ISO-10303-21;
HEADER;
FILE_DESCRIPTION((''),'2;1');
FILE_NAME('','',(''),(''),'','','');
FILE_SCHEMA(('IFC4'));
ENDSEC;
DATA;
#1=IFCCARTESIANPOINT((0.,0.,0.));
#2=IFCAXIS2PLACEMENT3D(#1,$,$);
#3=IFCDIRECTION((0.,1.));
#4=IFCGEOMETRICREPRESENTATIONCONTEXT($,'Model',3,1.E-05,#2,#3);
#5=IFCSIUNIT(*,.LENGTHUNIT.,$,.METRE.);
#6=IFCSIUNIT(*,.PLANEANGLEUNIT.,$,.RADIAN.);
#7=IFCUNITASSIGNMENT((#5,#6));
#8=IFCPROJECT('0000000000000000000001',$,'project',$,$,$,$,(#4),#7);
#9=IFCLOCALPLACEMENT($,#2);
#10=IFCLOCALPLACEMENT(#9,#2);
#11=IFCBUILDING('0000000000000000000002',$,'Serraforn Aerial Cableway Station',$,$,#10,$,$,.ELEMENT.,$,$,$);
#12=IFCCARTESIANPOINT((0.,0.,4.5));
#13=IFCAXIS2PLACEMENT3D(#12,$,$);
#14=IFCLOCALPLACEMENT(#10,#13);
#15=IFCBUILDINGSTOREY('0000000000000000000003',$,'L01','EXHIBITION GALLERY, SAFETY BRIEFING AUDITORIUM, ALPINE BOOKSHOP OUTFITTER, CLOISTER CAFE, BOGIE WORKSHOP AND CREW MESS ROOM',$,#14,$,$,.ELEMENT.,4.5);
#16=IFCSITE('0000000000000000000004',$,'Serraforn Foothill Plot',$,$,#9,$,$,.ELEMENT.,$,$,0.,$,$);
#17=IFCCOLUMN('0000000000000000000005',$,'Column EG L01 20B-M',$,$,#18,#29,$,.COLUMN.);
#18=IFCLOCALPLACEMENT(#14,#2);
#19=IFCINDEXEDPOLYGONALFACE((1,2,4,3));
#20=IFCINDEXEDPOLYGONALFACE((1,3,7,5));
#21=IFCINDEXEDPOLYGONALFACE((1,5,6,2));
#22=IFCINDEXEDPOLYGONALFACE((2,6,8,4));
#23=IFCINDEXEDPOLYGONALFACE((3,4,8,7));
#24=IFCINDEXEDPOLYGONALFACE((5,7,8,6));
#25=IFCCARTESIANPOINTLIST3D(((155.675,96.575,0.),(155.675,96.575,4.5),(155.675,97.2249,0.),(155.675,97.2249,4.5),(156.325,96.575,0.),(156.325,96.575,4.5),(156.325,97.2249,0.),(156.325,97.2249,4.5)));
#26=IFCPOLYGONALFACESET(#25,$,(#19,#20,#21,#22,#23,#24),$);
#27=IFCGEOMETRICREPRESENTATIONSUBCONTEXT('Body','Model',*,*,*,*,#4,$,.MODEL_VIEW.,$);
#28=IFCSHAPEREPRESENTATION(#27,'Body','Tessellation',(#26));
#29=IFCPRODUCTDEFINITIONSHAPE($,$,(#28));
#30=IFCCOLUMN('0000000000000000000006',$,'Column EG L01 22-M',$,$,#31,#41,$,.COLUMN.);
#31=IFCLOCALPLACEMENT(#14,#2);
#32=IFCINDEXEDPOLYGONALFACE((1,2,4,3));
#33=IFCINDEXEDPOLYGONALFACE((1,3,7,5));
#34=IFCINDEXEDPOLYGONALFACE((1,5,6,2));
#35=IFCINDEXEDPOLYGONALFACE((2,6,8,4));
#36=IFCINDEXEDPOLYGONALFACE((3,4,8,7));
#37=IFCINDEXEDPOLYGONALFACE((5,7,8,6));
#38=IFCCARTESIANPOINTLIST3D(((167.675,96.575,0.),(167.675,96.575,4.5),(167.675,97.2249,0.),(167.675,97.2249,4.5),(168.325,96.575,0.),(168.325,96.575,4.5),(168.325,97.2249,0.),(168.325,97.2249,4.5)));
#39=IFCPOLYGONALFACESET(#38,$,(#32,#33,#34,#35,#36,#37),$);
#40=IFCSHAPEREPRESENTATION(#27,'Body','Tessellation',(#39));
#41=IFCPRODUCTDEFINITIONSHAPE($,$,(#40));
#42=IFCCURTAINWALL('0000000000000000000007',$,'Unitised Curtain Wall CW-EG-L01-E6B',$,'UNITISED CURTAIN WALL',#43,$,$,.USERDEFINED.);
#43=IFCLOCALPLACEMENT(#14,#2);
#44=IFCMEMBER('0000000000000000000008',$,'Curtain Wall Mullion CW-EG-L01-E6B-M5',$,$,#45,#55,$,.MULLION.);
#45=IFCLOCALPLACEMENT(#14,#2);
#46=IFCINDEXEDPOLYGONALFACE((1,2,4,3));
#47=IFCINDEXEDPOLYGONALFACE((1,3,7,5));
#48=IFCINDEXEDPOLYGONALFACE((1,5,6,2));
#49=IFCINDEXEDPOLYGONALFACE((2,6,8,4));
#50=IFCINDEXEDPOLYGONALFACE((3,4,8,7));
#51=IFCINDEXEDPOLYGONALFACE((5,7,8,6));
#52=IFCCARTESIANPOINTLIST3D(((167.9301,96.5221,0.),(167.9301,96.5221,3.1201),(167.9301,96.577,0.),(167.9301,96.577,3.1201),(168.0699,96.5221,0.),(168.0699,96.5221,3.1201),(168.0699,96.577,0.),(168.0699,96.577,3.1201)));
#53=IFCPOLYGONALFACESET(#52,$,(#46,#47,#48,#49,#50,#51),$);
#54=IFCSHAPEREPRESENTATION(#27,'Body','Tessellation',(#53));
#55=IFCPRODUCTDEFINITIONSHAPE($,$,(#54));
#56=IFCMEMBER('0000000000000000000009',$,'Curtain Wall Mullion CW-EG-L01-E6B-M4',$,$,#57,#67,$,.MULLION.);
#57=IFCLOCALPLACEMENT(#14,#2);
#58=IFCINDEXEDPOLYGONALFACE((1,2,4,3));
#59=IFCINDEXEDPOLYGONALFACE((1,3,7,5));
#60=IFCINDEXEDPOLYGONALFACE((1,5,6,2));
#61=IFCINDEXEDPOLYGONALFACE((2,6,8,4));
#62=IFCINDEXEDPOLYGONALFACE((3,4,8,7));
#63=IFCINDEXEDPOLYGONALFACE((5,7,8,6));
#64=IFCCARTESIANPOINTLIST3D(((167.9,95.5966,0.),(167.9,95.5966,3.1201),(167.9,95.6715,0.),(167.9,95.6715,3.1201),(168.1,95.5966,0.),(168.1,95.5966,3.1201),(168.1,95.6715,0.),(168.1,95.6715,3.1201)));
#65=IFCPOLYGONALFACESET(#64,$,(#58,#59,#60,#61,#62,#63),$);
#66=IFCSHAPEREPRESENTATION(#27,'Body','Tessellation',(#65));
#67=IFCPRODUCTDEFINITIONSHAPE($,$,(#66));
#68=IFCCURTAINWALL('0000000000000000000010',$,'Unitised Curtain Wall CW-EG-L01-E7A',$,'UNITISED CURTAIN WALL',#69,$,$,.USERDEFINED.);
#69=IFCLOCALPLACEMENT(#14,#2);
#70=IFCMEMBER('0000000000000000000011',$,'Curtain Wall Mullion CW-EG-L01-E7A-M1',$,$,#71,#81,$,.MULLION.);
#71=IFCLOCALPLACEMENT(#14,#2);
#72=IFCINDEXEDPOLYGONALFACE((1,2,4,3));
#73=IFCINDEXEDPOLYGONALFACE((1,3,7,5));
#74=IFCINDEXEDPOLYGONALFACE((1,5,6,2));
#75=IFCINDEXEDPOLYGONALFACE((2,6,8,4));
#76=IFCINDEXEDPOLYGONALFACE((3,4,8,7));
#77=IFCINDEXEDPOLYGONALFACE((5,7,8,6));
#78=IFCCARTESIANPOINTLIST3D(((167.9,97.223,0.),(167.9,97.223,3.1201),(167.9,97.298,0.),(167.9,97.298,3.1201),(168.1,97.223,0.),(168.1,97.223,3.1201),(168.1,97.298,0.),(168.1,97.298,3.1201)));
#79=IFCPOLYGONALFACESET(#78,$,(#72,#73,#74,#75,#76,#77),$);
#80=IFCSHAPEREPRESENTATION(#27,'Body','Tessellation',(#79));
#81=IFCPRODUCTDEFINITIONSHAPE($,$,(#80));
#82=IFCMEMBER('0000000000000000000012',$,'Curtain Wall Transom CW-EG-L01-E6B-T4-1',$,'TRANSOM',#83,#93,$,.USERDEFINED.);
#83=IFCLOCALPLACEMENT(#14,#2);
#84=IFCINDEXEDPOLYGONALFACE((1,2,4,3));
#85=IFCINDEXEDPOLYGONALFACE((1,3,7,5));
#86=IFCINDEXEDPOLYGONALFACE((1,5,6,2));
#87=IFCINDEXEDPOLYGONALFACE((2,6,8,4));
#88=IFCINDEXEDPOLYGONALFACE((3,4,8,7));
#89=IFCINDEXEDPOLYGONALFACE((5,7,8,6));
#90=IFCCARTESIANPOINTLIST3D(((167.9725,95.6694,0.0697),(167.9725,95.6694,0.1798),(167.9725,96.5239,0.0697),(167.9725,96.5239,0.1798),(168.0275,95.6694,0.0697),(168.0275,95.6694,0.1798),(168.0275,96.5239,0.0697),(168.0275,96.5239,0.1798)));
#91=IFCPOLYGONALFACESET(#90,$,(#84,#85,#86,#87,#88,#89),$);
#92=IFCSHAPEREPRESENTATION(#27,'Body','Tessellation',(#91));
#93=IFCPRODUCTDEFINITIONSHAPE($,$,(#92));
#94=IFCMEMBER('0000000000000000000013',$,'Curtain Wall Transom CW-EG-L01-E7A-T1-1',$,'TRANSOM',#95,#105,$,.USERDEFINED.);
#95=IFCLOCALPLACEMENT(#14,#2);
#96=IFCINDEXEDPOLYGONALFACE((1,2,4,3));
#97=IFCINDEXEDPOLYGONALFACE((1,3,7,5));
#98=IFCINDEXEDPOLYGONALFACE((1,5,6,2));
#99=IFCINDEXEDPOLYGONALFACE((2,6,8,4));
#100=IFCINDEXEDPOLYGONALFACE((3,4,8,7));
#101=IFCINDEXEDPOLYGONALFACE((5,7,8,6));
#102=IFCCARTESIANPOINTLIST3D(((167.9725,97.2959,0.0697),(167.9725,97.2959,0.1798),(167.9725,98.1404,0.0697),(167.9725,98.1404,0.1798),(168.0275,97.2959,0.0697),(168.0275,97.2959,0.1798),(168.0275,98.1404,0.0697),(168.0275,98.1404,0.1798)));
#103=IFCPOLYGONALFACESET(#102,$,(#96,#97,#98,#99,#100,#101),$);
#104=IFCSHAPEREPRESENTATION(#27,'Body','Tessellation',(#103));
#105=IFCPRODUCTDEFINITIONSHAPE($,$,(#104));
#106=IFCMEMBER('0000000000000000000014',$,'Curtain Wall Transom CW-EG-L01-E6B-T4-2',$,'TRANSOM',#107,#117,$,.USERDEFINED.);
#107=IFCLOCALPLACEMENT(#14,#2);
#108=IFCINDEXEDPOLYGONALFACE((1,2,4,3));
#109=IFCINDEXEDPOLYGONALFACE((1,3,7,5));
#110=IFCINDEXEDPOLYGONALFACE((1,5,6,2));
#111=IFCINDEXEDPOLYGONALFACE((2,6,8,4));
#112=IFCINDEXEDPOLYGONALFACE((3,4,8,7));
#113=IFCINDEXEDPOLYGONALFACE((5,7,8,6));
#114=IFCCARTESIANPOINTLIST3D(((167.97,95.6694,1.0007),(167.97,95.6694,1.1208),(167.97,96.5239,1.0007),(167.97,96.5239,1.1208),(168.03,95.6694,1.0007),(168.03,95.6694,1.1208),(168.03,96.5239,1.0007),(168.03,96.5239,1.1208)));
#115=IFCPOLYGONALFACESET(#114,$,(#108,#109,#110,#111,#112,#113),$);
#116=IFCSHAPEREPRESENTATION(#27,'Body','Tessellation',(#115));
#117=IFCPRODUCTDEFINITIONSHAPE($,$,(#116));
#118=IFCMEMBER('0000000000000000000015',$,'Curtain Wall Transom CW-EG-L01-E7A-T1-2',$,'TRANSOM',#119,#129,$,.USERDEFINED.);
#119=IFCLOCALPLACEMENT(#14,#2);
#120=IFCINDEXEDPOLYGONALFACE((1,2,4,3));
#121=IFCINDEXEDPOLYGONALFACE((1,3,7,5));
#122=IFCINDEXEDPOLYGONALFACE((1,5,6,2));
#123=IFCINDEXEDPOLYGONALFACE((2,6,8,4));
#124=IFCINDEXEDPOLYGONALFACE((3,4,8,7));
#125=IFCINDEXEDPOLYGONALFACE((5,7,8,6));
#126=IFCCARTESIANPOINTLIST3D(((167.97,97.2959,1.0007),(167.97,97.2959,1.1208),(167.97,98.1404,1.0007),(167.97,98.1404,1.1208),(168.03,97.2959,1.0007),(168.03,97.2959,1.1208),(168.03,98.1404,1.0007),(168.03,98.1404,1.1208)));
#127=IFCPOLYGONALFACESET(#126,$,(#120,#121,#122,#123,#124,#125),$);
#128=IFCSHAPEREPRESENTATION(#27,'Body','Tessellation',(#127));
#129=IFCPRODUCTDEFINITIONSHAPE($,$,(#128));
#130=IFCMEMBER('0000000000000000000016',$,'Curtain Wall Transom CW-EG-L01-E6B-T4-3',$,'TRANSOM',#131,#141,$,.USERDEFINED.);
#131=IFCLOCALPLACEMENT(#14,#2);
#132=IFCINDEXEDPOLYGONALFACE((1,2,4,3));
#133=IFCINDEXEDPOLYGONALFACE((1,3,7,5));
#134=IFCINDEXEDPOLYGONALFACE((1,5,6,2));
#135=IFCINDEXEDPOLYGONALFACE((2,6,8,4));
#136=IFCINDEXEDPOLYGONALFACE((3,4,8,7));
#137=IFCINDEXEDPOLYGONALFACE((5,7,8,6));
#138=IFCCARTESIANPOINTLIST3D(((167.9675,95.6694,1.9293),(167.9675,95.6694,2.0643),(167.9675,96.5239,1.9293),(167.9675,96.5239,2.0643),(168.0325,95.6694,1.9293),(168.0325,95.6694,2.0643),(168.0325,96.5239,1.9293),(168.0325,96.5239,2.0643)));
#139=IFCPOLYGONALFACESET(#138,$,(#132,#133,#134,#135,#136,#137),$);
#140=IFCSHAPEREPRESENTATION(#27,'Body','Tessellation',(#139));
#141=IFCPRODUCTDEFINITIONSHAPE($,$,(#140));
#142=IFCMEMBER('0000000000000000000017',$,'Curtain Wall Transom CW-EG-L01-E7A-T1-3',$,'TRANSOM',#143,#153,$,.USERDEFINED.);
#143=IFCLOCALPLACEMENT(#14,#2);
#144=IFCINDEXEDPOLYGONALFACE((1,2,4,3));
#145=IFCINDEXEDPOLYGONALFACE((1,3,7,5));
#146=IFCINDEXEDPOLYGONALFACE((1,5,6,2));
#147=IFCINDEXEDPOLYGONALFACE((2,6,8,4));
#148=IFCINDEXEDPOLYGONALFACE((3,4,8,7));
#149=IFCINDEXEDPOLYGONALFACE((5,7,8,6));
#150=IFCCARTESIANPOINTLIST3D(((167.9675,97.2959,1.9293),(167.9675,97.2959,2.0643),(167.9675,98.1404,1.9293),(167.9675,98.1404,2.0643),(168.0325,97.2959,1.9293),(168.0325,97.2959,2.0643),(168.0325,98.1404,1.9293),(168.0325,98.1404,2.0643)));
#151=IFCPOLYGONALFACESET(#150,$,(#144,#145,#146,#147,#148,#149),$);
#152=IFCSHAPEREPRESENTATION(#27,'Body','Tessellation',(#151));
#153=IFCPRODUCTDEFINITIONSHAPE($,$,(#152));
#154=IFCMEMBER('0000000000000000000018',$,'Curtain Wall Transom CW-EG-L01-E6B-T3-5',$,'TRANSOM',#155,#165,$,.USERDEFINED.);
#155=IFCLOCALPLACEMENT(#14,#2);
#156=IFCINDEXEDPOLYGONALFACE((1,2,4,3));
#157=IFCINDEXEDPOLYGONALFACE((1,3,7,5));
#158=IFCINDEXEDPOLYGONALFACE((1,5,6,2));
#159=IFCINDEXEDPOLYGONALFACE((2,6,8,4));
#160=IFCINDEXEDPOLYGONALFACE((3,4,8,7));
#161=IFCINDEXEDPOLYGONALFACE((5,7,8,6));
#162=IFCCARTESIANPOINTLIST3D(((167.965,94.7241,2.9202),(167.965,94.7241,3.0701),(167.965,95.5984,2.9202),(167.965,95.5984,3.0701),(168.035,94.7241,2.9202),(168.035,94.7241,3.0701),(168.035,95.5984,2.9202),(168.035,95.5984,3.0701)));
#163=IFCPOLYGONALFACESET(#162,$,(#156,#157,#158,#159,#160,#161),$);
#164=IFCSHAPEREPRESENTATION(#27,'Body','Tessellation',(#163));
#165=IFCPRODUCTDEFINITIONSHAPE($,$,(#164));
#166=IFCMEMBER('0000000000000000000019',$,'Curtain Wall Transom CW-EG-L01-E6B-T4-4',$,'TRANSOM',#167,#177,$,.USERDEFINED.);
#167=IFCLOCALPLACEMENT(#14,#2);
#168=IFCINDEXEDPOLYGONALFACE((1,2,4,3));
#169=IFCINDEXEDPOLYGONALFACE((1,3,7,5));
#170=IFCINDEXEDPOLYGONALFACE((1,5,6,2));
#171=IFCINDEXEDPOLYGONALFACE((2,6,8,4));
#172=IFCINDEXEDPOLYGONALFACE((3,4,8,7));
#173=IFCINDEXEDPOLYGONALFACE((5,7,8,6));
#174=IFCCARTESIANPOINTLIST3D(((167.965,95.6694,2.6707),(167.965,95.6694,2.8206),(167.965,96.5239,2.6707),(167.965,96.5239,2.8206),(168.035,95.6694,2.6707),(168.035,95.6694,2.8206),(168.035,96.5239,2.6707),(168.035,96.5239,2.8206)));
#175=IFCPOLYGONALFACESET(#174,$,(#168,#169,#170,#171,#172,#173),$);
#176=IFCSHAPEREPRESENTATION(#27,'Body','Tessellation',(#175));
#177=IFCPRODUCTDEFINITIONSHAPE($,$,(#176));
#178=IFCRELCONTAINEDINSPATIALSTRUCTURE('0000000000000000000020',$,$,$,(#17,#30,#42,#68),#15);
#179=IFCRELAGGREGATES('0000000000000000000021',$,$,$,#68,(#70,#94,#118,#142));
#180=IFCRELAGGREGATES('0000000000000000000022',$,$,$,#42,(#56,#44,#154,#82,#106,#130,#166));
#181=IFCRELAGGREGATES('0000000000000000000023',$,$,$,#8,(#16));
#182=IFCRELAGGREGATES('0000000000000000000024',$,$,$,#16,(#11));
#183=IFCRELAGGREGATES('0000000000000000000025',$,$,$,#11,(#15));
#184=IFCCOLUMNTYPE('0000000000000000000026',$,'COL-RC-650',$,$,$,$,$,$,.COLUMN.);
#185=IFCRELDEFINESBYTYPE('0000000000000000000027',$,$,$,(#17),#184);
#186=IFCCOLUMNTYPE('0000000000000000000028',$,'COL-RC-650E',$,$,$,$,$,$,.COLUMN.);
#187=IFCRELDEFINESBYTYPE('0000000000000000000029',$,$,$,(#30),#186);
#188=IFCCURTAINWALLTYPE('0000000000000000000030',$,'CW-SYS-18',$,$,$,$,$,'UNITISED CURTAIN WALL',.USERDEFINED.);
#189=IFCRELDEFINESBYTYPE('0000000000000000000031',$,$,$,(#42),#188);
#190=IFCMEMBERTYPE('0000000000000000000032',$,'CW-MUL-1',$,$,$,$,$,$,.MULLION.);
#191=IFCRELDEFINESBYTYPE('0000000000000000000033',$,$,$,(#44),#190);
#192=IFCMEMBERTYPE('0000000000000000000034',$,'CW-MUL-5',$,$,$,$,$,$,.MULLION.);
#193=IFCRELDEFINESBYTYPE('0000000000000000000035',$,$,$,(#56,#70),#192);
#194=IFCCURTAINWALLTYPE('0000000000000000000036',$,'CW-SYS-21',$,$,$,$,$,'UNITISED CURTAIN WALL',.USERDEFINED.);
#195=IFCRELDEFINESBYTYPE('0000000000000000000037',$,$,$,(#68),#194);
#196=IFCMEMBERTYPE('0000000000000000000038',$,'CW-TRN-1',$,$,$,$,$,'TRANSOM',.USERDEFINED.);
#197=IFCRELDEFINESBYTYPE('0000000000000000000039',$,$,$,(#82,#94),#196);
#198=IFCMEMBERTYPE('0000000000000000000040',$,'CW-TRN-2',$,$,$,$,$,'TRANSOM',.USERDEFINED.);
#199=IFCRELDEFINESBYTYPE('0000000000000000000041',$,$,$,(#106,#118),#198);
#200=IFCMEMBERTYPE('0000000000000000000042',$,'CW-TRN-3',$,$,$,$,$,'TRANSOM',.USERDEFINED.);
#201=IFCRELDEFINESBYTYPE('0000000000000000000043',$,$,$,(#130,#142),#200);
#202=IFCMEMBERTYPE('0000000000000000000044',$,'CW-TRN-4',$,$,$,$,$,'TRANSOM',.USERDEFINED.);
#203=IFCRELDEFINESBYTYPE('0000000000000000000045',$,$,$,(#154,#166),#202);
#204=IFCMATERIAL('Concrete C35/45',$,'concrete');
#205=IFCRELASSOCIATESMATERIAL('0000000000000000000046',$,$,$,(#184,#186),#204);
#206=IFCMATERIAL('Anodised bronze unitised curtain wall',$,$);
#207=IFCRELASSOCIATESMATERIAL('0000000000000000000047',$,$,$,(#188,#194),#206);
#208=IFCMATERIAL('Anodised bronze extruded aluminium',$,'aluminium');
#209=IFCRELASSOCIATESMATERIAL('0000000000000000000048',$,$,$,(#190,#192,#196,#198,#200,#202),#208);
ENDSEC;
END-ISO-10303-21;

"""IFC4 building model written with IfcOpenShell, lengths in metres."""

from ifc_helpers import new_model, si_unit, direction, frame, origin, origin_2d, place, context, subcontext, project, spatial, rectangle, extrude, material, material_profile, profile_set, type_object, element, aggregate, save


model = new_model("IFC4")

# Units and contexts
model_context = context("Model", 3, precision=1e-05, world=origin(), true_north=direction((0.0, 1.0)))
body_context = subcontext(model_context, "Body", "Model", "MODEL_VIEW")
ifc_project = project(units=[si_unit("LENGTHUNIT", "METRE"), si_unit("PLANEANGLEUNIT", "RADIAN")], contexts=[model_context])

# Site, building, storey
site_placement = place(None, origin())
site = spatial("IfcSite", under=ifc_project, at=site_placement, Name="Serraforn Foothill Plot", CompositionType="ELEMENT", RefElevation=0.0)
building_placement = place(site_placement, origin())
building = spatial("IfcBuilding", under=site, at=building_placement, Name="Serraforn Aerial Cableway Station", CompositionType="ELEMENT")
storey_placement = place(building_placement, frame((0.0, 0.0, 4.5)))
storey = spatial("IfcBuildingStorey", under=building, at=storey_placement, Name="L01", Description="EXHIBITION GALLERY, SAFETY BRIEFING AUDITORIUM, ALPINE BOOKSHOP OUTFITTER, CLOISTER CAFE, BOGIE WORKSHOP AND CREW MESS ROOM", CompositionType="ELEMENT", Elevation=4.5)

# Shared definitions
ifc_material_1 = material(Name="Concrete C35/45", Category="concrete")

# Columns
ifc_material_profile_1 = material_profile(ifc_material_1, rectangle(XDim=0.6499, YDim=0.6499, at=origin_2d()), Name="RC 650x650")
ifc_profile_set_1 = profile_set([ifc_material_profile_1], Name="Concrete C35/45")
column_type_1 = type_object("IfcColumnType", Name="COL-RC-650", PredefinedType="COLUMN", material=ifc_profile_set_1)
column_1_placement = place(storey_placement, frame((156.0, 96.8999, 0.0), z_axis=(0.0, 0.0, 1.0), x_axis=(1.0, 0.0, 0.0)))
element("IfcColumn", 1, at=column_1_placement, inside=storey, type_object=column_type_1, Name="Column EG L01 20B-M", PredefinedType="COLUMN", context=body_context, shape_type="SweptSolid", body=[
    extrude(rectangle(XDim=0.6499, YDim=0.6499, at=origin_2d()), origin(), (0.0, 0.0, 1.0), 4.5),
])
ifc_material_profile_2 = material_profile(ifc_material_1, rectangle(XDim=0.6499, YDim=0.6499, at=origin_2d()), Name="RC 650x650")
ifc_profile_set_2 = profile_set([ifc_material_profile_2], Name="Concrete C35/45")
column_type_2 = type_object("IfcColumnType", Name="COL-RC-650E", PredefinedType="COLUMN", material=ifc_profile_set_2)
column_2_placement = place(storey_placement, frame((168.0, 96.8999, 0.0), z_axis=(0.0, 0.0, 1.0), x_axis=(1.0, 0.0, 0.0)))
element("IfcColumn", 2, at=column_2_placement, inside=storey, type_object=column_type_2, Name="Column EG L01 22-M", PredefinedType="COLUMN", context=body_context, shape_type="SweptSolid", body=[
    extrude(rectangle(XDim=0.6499, YDim=0.6499, at=origin_2d()), origin(), (0.0, 0.0, 1.0), 4.5),
])

# Curtain wall, members
ifc_material_2 = material(Name="Anodised bronze unitised curtain wall")
curtain_wall_type_1 = type_object("IfcCurtainWallType", Name="CW-SYS-18", ElementType="UNITISED CURTAIN WALL", PredefinedType="USERDEFINED", material=ifc_material_2)
curtain_wall_1_placement = place(storey_placement, origin())
curtain_wall_1 = element("IfcCurtainWall", 3, at=curtain_wall_1_placement, inside=storey, type_object=curtain_wall_type_1, Name="Unitised Curtain Wall CW-EG-L01-E6B", ObjectType="UNITISED CURTAIN WALL", PredefinedType="USERDEFINED")
ifc_material_3 = material(Name="Anodised bronze extruded aluminium", Category="aluminium")
ifc_material_profile_3 = material_profile(ifc_material_3, rectangle(XDim=0.0549, YDim=0.1399, at=origin_2d()), Name="CW MULLION 55x140")
ifc_profile_set_3 = profile_set([ifc_material_profile_3], Name="Anodised bronze extruded aluminium")
member_type_1 = type_object("IfcMemberType", Name="CW-MUL-1", PredefinedType="MULLION", material=ifc_profile_set_3)
member_1_placement = place(storey_placement, frame((168.0, 96.5496, 0.0), z_axis=(0.0, 0.0, 1.0), x_axis=(0.0, 1.0, 0.0)))
member_1 = element("IfcMember", 4, at=member_1_placement, type_object=member_type_1, Name="Curtain Wall Mullion CW-EG-L01-E6B-M5", PredefinedType="MULLION", context=body_context, shape_type="SweptSolid", body=[
    extrude(rectangle(XDim=0.0549, YDim=0.1399, at=origin_2d()), origin(), (0.0, 0.0, 1.0), 3.1201),
])
ifc_material_profile_4 = material_profile(ifc_material_3, rectangle(XDim=0.075, YDim=0.2, at=origin_2d()), Name="CW MULLION 75x200")
ifc_profile_set_4 = profile_set([ifc_material_profile_4], Name="Anodised bronze extruded aluminium")
member_type_2 = type_object("IfcMemberType", Name="CW-MUL-5", PredefinedType="MULLION", material=ifc_profile_set_4)
member_2_placement = place(storey_placement, frame((168.0, 95.634, 0.0), z_axis=(0.0, 0.0, 1.0), x_axis=(0.0, 1.0, 0.0)))
member_2 = element("IfcMember", 5, at=member_2_placement, type_object=member_type_2, Name="Curtain Wall Mullion CW-EG-L01-E6B-M4", PredefinedType="MULLION", context=body_context, shape_type="SweptSolid", body=[
    extrude(rectangle(XDim=0.075, YDim=0.2, at=origin_2d()), origin(), (0.0, 0.0, 1.0), 3.1201),
])

# Curtain wall, member
curtain_wall_type_2 = type_object("IfcCurtainWallType", Name="CW-SYS-21", ElementType="UNITISED CURTAIN WALL", PredefinedType="USERDEFINED", material=ifc_material_2)
curtain_wall_2_placement = place(storey_placement, origin())
curtain_wall_2 = element("IfcCurtainWall", 6, at=curtain_wall_2_placement, inside=storey, type_object=curtain_wall_type_2, Name="Unitised Curtain Wall CW-EG-L01-E7A", ObjectType="UNITISED CURTAIN WALL", PredefinedType="USERDEFINED")
member_3_placement = place(storey_placement, frame((168.0, 97.2605, 0.0), z_axis=(0.0, 0.0, 1.0), x_axis=(0.0, 1.0, 0.0)))
member_3 = element("IfcMember", 7, at=member_3_placement, type_object=member_type_2, Name="Curtain Wall Mullion CW-EG-L01-E7A-M1", PredefinedType="MULLION", context=body_context, shape_type="SweptSolid", body=[
    extrude(rectangle(XDim=0.075, YDim=0.2, at=origin_2d()), origin(), (0.0, 0.0, 1.0), 3.1201),
])

# Members
ifc_material_profile_5 = material_profile(ifc_material_3, rectangle(XDim=0.0549, YDim=0.1101, at=origin_2d()), Name="CW TRANSOM 55x110")
ifc_profile_set_5 = profile_set([ifc_material_profile_5], Name="Anodised bronze extruded aluminium")
member_type_3 = type_object("IfcMemberType", Name="CW-TRN-1", ElementType="TRANSOM", PredefinedType="USERDEFINED", material=ifc_profile_set_5)
member_4_placement = place(storey_placement, frame((168.0, 95.6694, 0.1248), z_axis=(0.0, 1.0, 0.0), x_axis=(-1.0, 0.0, 0.0)))
member_4 = element("IfcMember", 8, at=member_4_placement, type_object=member_type_3, Name="Curtain Wall Transom CW-EG-L01-E6B-T4-1", ObjectType="TRANSOM", PredefinedType="USERDEFINED", context=body_context, shape_type="SweptSolid", body=[
    extrude(rectangle(XDim=0.0549, YDim=0.1101, at=origin_2d()), origin(), (0.0, 0.0, 1.0), 0.8545),
])
member_5_placement = place(storey_placement, frame((168.0, 97.2959, 0.1248), z_axis=(0.0, 1.0, 0.0), x_axis=(-1.0, 0.0, 0.0)))
member_5 = element("IfcMember", 9, at=member_5_placement, type_object=member_type_3, Name="Curtain Wall Transom CW-EG-L01-E7A-T1-1", ObjectType="TRANSOM", PredefinedType="USERDEFINED", context=body_context, shape_type="SweptSolid", body=[
    extrude(rectangle(XDim=0.0549, YDim=0.1101, at=origin_2d()), origin(), (0.0, 0.0, 1.0), 0.8445),
])
ifc_material_profile_6 = material_profile(ifc_material_3, rectangle(XDim=0.0601, YDim=0.1201, at=origin_2d()), Name="CW TRANSOM 60x120")
ifc_profile_set_6 = profile_set([ifc_material_profile_6], Name="Anodised bronze extruded aluminium")
member_type_4 = type_object("IfcMemberType", Name="CW-TRN-2", ElementType="TRANSOM", PredefinedType="USERDEFINED", material=ifc_profile_set_6)
member_6_placement = place(storey_placement, frame((168.0, 95.6694, 1.0608), z_axis=(0.0, 1.0, 0.0), x_axis=(-1.0, 0.0, 0.0)))
member_6 = element("IfcMember", 10, at=member_6_placement, type_object=member_type_4, Name="Curtain Wall Transom CW-EG-L01-E6B-T4-2", ObjectType="TRANSOM", PredefinedType="USERDEFINED", context=body_context, shape_type="SweptSolid", body=[
    extrude(rectangle(XDim=0.0601, YDim=0.1201, at=origin_2d()), origin(), (0.0, 0.0, 1.0), 0.8545),
])
member_7_placement = place(storey_placement, frame((168.0, 97.2959, 1.0608), z_axis=(0.0, 1.0, 0.0), x_axis=(-1.0, 0.0, 0.0)))
member_7 = element("IfcMember", 11, at=member_7_placement, type_object=member_type_4, Name="Curtain Wall Transom CW-EG-L01-E7A-T1-2", ObjectType="TRANSOM", PredefinedType="USERDEFINED", context=body_context, shape_type="SweptSolid", body=[
    extrude(rectangle(XDim=0.0601, YDim=0.1201, at=origin_2d()), origin(), (0.0, 0.0, 1.0), 0.8445),
])
ifc_material_profile_7 = material_profile(ifc_material_3, rectangle(XDim=0.0649, YDim=0.135, at=origin_2d()), Name="CW TRANSOM 65x135")
ifc_profile_set_7 = profile_set([ifc_material_profile_7], Name="Anodised bronze extruded aluminium")
member_type_5 = type_object("IfcMemberType", Name="CW-TRN-3", ElementType="TRANSOM", PredefinedType="USERDEFINED", material=ifc_profile_set_7)
member_8_placement = place(storey_placement, frame((168.0, 95.6694, 1.9968), z_axis=(0.0, 1.0, 0.0), x_axis=(-1.0, 0.0, 0.0)))
member_8 = element("IfcMember", 12, at=member_8_placement, type_object=member_type_5, Name="Curtain Wall Transom CW-EG-L01-E6B-T4-3", ObjectType="TRANSOM", PredefinedType="USERDEFINED", context=body_context, shape_type="SweptSolid", body=[
    extrude(rectangle(XDim=0.0649, YDim=0.135, at=origin_2d()), origin(), (0.0, 0.0, 1.0), 0.8545),
])
member_9_placement = place(storey_placement, frame((168.0, 97.2959, 1.9968), z_axis=(0.0, 1.0, 0.0), x_axis=(-1.0, 0.0, 0.0)))
member_9 = element("IfcMember", 13, at=member_9_placement, type_object=member_type_5, Name="Curtain Wall Transom CW-EG-L01-E7A-T1-3", ObjectType="TRANSOM", PredefinedType="USERDEFINED", context=body_context, shape_type="SweptSolid", body=[
    extrude(rectangle(XDim=0.0649, YDim=0.135, at=origin_2d()), origin(), (0.0, 0.0, 1.0), 0.8445),
])
ifc_material_profile_8 = material_profile(ifc_material_3, rectangle(XDim=0.0701, YDim=0.1499, at=origin_2d()), Name="CW TRANSOM 70x150")
ifc_profile_set_8 = profile_set([ifc_material_profile_8], Name="Anodised bronze extruded aluminium")
member_type_6 = type_object("IfcMemberType", Name="CW-TRN-4", ElementType="TRANSOM", PredefinedType="USERDEFINED", material=ifc_profile_set_8)
member_10_placement = place(storey_placement, frame((168.0, 94.7241, 2.9951), z_axis=(0.0, 1.0, 0.0), x_axis=(-1.0, 0.0, 0.0)))
member_10 = element("IfcMember", 14, at=member_10_placement, type_object=member_type_6, Name="Curtain Wall Transom CW-EG-L01-E6B-T3-5", ObjectType="TRANSOM", PredefinedType="USERDEFINED", context=body_context, shape_type="SweptSolid", body=[
    extrude(rectangle(XDim=0.0701, YDim=0.1499, at=origin_2d()), origin(), (0.0, 0.0, 1.0), 0.8743),
])
member_11_placement = place(storey_placement, frame((168.0, 95.6694, 2.7456), z_axis=(0.0, 1.0, 0.0), x_axis=(-1.0, 0.0, 0.0)))
member_11 = element("IfcMember", 15, at=member_11_placement, type_object=member_type_6, Name="Curtain Wall Transom CW-EG-L01-E6B-T4-4", ObjectType="TRANSOM", PredefinedType="USERDEFINED", context=body_context, shape_type="SweptSolid", body=[
    extrude(rectangle(XDim=0.0701, YDim=0.1499, at=origin_2d()), origin(), (0.0, 0.0, 1.0), 0.8545),
])

aggregate(curtain_wall_2, [member_3, member_5, member_7, member_9])
aggregate(curtain_wall_1, [member_2, member_1, member_10, member_4, member_6, member_8, member_11])

save(model, "model.ifc")
